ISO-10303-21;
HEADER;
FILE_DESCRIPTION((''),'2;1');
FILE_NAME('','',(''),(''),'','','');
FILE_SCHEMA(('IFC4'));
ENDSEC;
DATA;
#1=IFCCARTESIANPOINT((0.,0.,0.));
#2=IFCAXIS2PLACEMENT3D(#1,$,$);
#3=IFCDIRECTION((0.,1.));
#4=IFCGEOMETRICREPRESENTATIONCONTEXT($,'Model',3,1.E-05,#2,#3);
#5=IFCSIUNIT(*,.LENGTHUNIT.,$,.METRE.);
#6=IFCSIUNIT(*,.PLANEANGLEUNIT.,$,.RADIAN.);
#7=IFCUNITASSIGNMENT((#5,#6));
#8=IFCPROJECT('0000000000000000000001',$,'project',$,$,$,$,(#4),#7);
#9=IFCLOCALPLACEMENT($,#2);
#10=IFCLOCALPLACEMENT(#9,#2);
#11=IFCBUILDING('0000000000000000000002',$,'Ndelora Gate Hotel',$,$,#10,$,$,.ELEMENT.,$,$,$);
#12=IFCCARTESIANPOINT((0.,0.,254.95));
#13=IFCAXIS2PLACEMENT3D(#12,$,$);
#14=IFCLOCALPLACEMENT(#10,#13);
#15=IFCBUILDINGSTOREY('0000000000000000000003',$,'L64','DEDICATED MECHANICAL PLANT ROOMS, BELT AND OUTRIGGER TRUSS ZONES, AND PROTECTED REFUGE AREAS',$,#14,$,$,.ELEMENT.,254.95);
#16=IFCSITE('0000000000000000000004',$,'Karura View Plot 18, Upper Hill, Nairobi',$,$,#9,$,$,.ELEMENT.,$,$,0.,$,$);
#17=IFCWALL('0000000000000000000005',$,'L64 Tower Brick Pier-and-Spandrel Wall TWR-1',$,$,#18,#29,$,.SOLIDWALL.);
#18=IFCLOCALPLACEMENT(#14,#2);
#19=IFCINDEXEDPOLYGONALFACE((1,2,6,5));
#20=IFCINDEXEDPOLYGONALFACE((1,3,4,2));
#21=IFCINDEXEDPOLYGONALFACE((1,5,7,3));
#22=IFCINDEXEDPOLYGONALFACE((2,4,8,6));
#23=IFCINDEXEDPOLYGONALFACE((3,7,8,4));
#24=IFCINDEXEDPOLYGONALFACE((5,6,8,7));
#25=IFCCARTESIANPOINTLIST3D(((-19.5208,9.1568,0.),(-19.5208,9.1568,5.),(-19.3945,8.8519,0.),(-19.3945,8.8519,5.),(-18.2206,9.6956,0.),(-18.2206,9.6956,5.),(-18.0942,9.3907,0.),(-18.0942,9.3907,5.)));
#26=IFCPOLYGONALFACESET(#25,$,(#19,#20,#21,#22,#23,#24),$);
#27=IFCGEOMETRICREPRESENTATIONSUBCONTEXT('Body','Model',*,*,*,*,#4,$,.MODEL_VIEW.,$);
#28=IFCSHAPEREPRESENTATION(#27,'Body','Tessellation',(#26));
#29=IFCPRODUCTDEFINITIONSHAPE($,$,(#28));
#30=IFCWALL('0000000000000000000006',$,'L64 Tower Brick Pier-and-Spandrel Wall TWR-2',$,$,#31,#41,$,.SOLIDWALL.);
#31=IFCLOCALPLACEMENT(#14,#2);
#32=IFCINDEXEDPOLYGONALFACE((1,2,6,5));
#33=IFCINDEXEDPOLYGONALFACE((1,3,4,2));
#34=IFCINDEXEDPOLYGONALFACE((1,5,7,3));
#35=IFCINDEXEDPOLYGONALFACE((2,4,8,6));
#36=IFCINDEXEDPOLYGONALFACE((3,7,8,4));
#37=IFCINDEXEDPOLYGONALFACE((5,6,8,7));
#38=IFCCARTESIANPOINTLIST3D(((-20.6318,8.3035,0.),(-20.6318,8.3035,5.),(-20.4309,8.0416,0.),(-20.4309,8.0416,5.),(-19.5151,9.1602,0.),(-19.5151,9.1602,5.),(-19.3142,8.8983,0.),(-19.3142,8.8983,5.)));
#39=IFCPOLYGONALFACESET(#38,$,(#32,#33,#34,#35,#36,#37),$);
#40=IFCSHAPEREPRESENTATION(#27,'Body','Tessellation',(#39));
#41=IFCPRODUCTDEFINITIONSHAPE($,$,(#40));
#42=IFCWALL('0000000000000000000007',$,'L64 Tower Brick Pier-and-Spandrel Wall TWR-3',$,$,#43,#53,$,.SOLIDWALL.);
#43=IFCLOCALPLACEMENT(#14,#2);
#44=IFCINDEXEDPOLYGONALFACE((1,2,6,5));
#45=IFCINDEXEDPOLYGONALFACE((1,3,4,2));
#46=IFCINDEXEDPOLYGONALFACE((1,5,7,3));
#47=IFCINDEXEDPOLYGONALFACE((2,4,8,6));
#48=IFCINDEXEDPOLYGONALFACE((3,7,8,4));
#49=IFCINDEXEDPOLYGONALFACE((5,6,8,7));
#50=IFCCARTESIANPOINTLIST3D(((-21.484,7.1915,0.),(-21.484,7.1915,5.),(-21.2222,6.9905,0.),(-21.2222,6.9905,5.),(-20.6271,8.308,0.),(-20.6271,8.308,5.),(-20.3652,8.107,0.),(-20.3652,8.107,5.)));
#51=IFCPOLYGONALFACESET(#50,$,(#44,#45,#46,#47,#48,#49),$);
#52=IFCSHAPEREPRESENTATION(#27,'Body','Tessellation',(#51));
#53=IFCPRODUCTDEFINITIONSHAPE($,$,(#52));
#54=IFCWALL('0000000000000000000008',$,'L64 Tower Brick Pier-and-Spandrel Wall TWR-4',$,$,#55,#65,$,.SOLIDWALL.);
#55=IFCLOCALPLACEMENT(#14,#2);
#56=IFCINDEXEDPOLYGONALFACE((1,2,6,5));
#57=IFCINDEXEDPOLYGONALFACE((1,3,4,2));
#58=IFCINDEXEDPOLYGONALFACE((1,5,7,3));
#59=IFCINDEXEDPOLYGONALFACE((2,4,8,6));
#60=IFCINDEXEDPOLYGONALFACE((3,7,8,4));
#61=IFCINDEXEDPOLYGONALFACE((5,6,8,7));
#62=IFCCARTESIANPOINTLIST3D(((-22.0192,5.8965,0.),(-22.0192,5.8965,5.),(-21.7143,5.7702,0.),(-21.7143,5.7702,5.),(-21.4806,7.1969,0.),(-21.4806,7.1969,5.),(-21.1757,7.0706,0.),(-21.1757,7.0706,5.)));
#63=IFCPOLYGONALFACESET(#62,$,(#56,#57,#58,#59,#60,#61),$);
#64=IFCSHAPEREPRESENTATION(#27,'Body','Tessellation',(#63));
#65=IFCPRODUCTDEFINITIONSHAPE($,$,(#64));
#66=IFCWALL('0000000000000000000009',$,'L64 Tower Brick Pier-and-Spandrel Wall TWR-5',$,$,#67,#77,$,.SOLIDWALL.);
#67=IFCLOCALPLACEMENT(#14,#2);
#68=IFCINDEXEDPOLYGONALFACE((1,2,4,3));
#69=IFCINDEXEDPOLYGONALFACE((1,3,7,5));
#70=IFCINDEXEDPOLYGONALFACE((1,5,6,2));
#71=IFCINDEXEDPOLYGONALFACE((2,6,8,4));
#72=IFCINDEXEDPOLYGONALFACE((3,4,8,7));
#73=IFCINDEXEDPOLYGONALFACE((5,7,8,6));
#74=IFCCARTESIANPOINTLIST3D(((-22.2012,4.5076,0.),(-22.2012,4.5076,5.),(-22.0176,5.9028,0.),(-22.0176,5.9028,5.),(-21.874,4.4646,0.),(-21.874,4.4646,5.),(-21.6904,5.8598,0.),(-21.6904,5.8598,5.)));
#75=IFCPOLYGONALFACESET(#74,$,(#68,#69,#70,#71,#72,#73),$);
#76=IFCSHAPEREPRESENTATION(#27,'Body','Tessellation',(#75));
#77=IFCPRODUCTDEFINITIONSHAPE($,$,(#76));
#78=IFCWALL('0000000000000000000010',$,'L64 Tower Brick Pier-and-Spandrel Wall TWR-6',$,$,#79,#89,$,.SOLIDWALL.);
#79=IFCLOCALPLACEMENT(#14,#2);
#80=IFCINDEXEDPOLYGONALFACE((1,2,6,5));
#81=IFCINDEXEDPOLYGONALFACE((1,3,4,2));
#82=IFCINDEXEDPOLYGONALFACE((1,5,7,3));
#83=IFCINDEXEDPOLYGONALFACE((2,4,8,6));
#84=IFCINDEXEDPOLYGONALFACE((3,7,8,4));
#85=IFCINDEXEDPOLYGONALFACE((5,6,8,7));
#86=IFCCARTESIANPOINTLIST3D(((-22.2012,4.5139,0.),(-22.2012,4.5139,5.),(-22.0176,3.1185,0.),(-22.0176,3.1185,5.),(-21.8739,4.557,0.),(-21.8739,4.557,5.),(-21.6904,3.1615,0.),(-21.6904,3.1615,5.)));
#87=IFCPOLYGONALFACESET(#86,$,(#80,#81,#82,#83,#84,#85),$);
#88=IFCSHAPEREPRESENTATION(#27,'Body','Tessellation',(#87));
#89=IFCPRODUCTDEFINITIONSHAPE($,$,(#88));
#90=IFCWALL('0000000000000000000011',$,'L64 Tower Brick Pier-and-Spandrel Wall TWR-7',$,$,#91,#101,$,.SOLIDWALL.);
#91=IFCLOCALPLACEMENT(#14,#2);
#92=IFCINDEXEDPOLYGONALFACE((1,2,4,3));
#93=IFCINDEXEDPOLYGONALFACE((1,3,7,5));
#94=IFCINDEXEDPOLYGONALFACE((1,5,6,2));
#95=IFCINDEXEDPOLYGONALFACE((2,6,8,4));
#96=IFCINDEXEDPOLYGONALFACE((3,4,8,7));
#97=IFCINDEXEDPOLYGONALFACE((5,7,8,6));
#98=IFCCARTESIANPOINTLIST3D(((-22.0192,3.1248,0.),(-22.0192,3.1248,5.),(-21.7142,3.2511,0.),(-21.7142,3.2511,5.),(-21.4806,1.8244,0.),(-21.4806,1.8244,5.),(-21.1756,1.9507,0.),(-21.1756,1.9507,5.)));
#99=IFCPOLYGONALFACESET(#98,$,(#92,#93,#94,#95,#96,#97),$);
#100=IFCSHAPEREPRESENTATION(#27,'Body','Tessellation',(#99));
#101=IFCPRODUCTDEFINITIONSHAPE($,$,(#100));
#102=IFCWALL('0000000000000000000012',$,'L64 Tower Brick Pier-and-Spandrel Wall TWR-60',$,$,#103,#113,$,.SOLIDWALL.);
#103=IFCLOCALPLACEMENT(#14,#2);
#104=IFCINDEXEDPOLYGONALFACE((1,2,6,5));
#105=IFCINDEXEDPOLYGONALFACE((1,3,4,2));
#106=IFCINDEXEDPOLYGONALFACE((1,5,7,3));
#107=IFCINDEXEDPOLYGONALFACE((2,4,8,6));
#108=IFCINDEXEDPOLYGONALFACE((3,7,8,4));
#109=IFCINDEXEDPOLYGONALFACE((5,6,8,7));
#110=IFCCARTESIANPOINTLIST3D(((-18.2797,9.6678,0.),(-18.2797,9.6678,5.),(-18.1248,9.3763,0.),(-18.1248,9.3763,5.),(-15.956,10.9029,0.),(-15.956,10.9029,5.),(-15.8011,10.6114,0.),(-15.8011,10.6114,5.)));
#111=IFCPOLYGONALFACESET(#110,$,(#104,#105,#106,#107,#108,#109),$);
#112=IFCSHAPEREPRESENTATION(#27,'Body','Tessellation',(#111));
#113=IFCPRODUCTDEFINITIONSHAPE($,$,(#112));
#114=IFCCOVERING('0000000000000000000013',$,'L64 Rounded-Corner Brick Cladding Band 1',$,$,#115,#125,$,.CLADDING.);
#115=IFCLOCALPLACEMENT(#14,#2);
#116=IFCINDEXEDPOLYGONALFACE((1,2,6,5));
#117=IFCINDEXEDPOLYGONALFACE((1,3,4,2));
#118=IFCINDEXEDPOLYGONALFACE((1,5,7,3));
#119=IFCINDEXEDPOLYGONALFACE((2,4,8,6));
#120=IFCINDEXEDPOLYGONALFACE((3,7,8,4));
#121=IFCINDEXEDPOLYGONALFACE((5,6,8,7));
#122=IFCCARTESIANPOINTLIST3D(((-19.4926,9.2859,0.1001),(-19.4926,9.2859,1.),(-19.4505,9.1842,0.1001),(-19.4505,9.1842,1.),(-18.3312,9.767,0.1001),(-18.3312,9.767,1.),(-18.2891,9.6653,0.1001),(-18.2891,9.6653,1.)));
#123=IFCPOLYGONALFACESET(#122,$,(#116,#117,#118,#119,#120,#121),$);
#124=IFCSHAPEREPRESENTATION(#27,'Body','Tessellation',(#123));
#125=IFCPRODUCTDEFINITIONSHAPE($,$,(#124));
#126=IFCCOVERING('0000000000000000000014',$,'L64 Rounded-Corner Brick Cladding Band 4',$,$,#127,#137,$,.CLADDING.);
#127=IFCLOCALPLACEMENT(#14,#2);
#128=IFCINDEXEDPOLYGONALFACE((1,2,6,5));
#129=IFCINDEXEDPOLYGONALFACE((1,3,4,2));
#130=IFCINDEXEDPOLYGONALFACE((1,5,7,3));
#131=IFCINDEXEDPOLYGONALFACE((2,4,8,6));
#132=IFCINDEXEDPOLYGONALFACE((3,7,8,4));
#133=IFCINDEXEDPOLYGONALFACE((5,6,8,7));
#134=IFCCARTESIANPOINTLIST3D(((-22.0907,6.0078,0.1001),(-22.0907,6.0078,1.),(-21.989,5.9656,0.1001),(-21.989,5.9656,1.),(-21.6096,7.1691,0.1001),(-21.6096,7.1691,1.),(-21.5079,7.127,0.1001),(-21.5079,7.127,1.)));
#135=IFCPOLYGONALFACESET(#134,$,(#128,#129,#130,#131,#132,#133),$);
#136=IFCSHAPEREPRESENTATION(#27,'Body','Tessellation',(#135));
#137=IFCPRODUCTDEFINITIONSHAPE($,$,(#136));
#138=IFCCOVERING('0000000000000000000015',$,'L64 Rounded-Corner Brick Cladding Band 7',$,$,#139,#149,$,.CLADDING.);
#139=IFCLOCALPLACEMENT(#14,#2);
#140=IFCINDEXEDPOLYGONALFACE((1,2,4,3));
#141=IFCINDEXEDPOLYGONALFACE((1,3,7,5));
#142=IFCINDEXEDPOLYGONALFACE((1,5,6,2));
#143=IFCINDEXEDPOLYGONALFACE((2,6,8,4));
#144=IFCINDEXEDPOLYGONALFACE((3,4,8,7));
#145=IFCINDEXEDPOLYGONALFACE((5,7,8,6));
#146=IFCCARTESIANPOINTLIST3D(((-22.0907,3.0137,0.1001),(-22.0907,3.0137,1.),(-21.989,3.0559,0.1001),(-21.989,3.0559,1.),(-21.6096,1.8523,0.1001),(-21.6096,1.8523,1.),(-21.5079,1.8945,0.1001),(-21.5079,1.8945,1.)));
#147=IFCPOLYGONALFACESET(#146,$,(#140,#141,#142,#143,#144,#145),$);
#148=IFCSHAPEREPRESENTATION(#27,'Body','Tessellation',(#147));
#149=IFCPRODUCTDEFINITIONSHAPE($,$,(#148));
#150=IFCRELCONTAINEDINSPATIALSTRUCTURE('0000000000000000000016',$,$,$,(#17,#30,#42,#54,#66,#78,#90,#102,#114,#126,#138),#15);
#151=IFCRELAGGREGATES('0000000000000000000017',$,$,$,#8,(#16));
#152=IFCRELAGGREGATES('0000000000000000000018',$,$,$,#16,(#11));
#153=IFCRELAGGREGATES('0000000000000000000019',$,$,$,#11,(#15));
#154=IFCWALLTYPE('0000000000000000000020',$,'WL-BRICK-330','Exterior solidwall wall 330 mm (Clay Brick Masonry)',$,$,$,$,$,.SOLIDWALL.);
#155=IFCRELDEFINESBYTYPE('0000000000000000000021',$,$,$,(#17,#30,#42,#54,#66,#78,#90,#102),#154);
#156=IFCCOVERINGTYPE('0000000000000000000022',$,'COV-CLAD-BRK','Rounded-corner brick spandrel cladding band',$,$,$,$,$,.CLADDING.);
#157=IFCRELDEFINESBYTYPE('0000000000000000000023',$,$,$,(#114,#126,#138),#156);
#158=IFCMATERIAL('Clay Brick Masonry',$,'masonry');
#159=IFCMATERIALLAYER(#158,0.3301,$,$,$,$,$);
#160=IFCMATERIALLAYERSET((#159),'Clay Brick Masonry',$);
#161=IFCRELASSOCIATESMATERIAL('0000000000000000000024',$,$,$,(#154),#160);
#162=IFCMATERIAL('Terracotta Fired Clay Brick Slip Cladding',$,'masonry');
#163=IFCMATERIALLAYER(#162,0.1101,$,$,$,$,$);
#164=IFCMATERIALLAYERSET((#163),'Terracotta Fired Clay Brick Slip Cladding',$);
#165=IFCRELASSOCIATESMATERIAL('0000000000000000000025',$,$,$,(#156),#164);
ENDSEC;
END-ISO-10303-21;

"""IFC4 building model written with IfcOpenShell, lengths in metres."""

from ifc_helpers import new_model, si_unit, direction, frame, frame_2d, origin, origin_2d, place, context, subcontext, project, spatial, rectangle, extrude, material, layer, layer_set, type_object, element, save


model = new_model("IFC4")

# Units and contexts
model_context = context("Model", 3, precision=1e-05, world=origin(), true_north=direction((0.0, 1.0)))
body_context = subcontext(model_context, "Body", "Model", "MODEL_VIEW")
ifc_project = project(units=[si_unit("LENGTHUNIT", "METRE"), si_unit("PLANEANGLEUNIT", "RADIAN")], contexts=[model_context])

# Site, building, storey
site_placement = place(None, origin())
site = spatial("IfcSite", under=ifc_project, at=site_placement, Name="Karura View Plot 18, Upper Hill, Nairobi", CompositionType="ELEMENT", RefElevation=0.0)
building_placement = place(site_placement, origin())
building = spatial("IfcBuilding", under=site, at=building_placement, Name="Ndelora Gate Hotel", CompositionType="ELEMENT")
storey_placement = place(building_placement, frame((0.0, 0.0, 254.95)))
storey = spatial("IfcBuildingStorey", under=building, at=storey_placement, Name="L64", Description="DEDICATED MECHANICAL PLANT ROOMS, BELT AND OUTRIGGER TRUSS ZONES, AND PROTECTED REFUGE AREAS", CompositionType="ELEMENT", Elevation=254.95)

# Walls
ifc_material_1 = material(Name="Clay Brick Masonry", Category="masonry")
ifc_layer_1 = layer(ifc_material_1, 0.3301)
ifc_layer_set_1 = layer_set([ifc_layer_1], Name="Clay Brick Masonry")
wall_type = type_object("IfcWallType", Name="WL-BRICK-330", Description="Exterior solidwall wall 330 mm (Clay Brick Masonry)", PredefinedType="SOLIDWALL", material=ifc_layer_set_1)
for number, where, z_axis, x_axis, name in (
    (1, (-19.4575, 9.0044, 0.0), (0.0, 0.0, 1.0), (0.923824, 0.382816, 0.0), "L64 Tower Brick Pier-and-Spandrel Wall TWR-1"),
    (2, (-20.5312, 8.1726, 0.0), (0.0, 0.0, 1.0), (0.793416, 0.608679, 0.0), "L64 Tower Brick Pier-and-Spandrel Wall TWR-2"),
    (3, (-21.353, 7.0911, 0.0), (0.0, 0.0, 1.0), (0.608872, 0.793268, 0.0), "L64 Tower Brick Pier-and-Spandrel Wall TWR-3"),
    (4, (-21.8667, 5.8335, 0.0), (0.0, 0.0, 1.0), (0.382668, 0.923886, 0.0), "L64 Tower Brick Pier-and-Spandrel Wall TWR-4"),
):
    element("IfcWall", number, at=place(storey_placement, frame(where, z_axis=z_axis, x_axis=x_axis)), inside=storey, type_object=wall_type, Name=name, PredefinedType="SOLIDWALL", context=body_context, shape_type="SweptSolid", body=[
        extrude(rectangle(XDim=1.4075, YDim=0.3301, at=frame_2d((0.7036, 0.0))), origin(), (0.0, 0.0, 1.0), 5.0),
    ])
wall_1_placement = place(storey_placement, frame((-22.0376, 4.4861, 0.0), z_axis=(0.0, 0.0, 1.0), x_axis=(0.130459, 0.991454, 0.0)))
element("IfcWall", 5, at=wall_1_placement, inside=storey, type_object=wall_type, Name="L64 Tower Brick Pier-and-Spandrel Wall TWR-5", PredefinedType="SOLIDWALL", context=body_context, shape_type="SweptSolid", body=[
    extrude(rectangle(XDim=1.4072, YDim=0.3301, at=frame_2d((0.7036, 0.0))), origin(), (0.0, 0.0, 1.0), 5.0),
])
for number, where, z_axis, x_axis, name in (
    (6, (-21.854, 3.1401, 0.0), (0.0, 0.0, 1.0), (-0.130437, 0.991457, 0.0), "L64 Tower Brick Pier-and-Spandrel Wall TWR-6"),
    (7, (-21.3281, 1.8877, 0.0), (0.0, 0.0, 1.0), (-0.382668, 0.923886, 0.0), "L64 Tower Brick Pier-and-Spandrel Wall TWR-7"),
):
    element("IfcWall", number, at=place(storey_placement, frame(where, z_axis=z_axis, x_axis=x_axis)), inside=storey, type_object=wall_type, Name=name, PredefinedType="SOLIDWALL", context=body_context, shape_type="SweptSolid", body=[
        extrude(rectangle(XDim=1.4075, YDim=0.3301, at=frame_2d((0.7036, 0.0))), origin(), (0.0, 0.0, 1.0), 5.0),
    ])
wall_2_placement = place(storey_placement, frame((-18.2024, 9.522, 0.0), z_axis=(0.0, 0.0, 1.0), x_axis=(0.883017, 0.469341, 0.0)))
element("IfcWall", 8, at=wall_2_placement, inside=storey, type_object=wall_type, Name="L64 Tower Brick Pier-and-Spandrel Wall TWR-60", PredefinedType="SOLIDWALL", context=body_context, shape_type="SweptSolid", body=[
    extrude(rectangle(XDim=2.6316, YDim=0.3301, at=frame_2d((1.3159, 0.0))), origin(), (0.0, 0.0, 1.0), 5.0),
])

# Coverings
ifc_material_2 = material(Name="Terracotta Fired Clay Brick Slip Cladding", Category="masonry")
ifc_layer_2 = layer(ifc_material_2, 0.1101)
ifc_layer_set_2 = layer_set([ifc_layer_2], Name="Terracotta Fired Clay Brick Slip Cladding")
covering_type = type_object("IfcCoveringType", Name="COV-CLAD-BRK", Description="Rounded-corner brick spandrel cladding band", PredefinedType="CLADDING", material=ifc_layer_set_2)
for number, where, z_axis, x_axis, name in (
    (9, (-18.8909, 9.4756, 0.1001), (0.0, 0.0, 1.0), (0.92388, 0.382683, 0.0), "L64 Rounded-Corner Brick Cladding Band 1"),
    (10, (-21.7993, 6.5674, 0.1001), (0.0, 0.0, 1.0), (0.382683, 0.92388, 0.0), "L64 Rounded-Corner Brick Cladding Band 4"),
    (11, (-21.7993, 2.4541, 0.1001), (0.0, 0.0, 1.0), (-0.382683, 0.92388, 0.0), "L64 Rounded-Corner Brick Cladding Band 7"),
):
    element("IfcCovering", number, at=place(storey_placement, frame(where, z_axis=z_axis, x_axis=x_axis)), inside=storey, type_object=covering_type, Name=name, PredefinedType="CLADDING", context=body_context, shape_type="SweptSolid", body=[
        extrude(rectangle(XDim=1.2571, YDim=0.1101, at=origin_2d()), origin(), (0.0, 0.0, 1.0), 0.8999),
    ])

save(model, "model.ifc")
